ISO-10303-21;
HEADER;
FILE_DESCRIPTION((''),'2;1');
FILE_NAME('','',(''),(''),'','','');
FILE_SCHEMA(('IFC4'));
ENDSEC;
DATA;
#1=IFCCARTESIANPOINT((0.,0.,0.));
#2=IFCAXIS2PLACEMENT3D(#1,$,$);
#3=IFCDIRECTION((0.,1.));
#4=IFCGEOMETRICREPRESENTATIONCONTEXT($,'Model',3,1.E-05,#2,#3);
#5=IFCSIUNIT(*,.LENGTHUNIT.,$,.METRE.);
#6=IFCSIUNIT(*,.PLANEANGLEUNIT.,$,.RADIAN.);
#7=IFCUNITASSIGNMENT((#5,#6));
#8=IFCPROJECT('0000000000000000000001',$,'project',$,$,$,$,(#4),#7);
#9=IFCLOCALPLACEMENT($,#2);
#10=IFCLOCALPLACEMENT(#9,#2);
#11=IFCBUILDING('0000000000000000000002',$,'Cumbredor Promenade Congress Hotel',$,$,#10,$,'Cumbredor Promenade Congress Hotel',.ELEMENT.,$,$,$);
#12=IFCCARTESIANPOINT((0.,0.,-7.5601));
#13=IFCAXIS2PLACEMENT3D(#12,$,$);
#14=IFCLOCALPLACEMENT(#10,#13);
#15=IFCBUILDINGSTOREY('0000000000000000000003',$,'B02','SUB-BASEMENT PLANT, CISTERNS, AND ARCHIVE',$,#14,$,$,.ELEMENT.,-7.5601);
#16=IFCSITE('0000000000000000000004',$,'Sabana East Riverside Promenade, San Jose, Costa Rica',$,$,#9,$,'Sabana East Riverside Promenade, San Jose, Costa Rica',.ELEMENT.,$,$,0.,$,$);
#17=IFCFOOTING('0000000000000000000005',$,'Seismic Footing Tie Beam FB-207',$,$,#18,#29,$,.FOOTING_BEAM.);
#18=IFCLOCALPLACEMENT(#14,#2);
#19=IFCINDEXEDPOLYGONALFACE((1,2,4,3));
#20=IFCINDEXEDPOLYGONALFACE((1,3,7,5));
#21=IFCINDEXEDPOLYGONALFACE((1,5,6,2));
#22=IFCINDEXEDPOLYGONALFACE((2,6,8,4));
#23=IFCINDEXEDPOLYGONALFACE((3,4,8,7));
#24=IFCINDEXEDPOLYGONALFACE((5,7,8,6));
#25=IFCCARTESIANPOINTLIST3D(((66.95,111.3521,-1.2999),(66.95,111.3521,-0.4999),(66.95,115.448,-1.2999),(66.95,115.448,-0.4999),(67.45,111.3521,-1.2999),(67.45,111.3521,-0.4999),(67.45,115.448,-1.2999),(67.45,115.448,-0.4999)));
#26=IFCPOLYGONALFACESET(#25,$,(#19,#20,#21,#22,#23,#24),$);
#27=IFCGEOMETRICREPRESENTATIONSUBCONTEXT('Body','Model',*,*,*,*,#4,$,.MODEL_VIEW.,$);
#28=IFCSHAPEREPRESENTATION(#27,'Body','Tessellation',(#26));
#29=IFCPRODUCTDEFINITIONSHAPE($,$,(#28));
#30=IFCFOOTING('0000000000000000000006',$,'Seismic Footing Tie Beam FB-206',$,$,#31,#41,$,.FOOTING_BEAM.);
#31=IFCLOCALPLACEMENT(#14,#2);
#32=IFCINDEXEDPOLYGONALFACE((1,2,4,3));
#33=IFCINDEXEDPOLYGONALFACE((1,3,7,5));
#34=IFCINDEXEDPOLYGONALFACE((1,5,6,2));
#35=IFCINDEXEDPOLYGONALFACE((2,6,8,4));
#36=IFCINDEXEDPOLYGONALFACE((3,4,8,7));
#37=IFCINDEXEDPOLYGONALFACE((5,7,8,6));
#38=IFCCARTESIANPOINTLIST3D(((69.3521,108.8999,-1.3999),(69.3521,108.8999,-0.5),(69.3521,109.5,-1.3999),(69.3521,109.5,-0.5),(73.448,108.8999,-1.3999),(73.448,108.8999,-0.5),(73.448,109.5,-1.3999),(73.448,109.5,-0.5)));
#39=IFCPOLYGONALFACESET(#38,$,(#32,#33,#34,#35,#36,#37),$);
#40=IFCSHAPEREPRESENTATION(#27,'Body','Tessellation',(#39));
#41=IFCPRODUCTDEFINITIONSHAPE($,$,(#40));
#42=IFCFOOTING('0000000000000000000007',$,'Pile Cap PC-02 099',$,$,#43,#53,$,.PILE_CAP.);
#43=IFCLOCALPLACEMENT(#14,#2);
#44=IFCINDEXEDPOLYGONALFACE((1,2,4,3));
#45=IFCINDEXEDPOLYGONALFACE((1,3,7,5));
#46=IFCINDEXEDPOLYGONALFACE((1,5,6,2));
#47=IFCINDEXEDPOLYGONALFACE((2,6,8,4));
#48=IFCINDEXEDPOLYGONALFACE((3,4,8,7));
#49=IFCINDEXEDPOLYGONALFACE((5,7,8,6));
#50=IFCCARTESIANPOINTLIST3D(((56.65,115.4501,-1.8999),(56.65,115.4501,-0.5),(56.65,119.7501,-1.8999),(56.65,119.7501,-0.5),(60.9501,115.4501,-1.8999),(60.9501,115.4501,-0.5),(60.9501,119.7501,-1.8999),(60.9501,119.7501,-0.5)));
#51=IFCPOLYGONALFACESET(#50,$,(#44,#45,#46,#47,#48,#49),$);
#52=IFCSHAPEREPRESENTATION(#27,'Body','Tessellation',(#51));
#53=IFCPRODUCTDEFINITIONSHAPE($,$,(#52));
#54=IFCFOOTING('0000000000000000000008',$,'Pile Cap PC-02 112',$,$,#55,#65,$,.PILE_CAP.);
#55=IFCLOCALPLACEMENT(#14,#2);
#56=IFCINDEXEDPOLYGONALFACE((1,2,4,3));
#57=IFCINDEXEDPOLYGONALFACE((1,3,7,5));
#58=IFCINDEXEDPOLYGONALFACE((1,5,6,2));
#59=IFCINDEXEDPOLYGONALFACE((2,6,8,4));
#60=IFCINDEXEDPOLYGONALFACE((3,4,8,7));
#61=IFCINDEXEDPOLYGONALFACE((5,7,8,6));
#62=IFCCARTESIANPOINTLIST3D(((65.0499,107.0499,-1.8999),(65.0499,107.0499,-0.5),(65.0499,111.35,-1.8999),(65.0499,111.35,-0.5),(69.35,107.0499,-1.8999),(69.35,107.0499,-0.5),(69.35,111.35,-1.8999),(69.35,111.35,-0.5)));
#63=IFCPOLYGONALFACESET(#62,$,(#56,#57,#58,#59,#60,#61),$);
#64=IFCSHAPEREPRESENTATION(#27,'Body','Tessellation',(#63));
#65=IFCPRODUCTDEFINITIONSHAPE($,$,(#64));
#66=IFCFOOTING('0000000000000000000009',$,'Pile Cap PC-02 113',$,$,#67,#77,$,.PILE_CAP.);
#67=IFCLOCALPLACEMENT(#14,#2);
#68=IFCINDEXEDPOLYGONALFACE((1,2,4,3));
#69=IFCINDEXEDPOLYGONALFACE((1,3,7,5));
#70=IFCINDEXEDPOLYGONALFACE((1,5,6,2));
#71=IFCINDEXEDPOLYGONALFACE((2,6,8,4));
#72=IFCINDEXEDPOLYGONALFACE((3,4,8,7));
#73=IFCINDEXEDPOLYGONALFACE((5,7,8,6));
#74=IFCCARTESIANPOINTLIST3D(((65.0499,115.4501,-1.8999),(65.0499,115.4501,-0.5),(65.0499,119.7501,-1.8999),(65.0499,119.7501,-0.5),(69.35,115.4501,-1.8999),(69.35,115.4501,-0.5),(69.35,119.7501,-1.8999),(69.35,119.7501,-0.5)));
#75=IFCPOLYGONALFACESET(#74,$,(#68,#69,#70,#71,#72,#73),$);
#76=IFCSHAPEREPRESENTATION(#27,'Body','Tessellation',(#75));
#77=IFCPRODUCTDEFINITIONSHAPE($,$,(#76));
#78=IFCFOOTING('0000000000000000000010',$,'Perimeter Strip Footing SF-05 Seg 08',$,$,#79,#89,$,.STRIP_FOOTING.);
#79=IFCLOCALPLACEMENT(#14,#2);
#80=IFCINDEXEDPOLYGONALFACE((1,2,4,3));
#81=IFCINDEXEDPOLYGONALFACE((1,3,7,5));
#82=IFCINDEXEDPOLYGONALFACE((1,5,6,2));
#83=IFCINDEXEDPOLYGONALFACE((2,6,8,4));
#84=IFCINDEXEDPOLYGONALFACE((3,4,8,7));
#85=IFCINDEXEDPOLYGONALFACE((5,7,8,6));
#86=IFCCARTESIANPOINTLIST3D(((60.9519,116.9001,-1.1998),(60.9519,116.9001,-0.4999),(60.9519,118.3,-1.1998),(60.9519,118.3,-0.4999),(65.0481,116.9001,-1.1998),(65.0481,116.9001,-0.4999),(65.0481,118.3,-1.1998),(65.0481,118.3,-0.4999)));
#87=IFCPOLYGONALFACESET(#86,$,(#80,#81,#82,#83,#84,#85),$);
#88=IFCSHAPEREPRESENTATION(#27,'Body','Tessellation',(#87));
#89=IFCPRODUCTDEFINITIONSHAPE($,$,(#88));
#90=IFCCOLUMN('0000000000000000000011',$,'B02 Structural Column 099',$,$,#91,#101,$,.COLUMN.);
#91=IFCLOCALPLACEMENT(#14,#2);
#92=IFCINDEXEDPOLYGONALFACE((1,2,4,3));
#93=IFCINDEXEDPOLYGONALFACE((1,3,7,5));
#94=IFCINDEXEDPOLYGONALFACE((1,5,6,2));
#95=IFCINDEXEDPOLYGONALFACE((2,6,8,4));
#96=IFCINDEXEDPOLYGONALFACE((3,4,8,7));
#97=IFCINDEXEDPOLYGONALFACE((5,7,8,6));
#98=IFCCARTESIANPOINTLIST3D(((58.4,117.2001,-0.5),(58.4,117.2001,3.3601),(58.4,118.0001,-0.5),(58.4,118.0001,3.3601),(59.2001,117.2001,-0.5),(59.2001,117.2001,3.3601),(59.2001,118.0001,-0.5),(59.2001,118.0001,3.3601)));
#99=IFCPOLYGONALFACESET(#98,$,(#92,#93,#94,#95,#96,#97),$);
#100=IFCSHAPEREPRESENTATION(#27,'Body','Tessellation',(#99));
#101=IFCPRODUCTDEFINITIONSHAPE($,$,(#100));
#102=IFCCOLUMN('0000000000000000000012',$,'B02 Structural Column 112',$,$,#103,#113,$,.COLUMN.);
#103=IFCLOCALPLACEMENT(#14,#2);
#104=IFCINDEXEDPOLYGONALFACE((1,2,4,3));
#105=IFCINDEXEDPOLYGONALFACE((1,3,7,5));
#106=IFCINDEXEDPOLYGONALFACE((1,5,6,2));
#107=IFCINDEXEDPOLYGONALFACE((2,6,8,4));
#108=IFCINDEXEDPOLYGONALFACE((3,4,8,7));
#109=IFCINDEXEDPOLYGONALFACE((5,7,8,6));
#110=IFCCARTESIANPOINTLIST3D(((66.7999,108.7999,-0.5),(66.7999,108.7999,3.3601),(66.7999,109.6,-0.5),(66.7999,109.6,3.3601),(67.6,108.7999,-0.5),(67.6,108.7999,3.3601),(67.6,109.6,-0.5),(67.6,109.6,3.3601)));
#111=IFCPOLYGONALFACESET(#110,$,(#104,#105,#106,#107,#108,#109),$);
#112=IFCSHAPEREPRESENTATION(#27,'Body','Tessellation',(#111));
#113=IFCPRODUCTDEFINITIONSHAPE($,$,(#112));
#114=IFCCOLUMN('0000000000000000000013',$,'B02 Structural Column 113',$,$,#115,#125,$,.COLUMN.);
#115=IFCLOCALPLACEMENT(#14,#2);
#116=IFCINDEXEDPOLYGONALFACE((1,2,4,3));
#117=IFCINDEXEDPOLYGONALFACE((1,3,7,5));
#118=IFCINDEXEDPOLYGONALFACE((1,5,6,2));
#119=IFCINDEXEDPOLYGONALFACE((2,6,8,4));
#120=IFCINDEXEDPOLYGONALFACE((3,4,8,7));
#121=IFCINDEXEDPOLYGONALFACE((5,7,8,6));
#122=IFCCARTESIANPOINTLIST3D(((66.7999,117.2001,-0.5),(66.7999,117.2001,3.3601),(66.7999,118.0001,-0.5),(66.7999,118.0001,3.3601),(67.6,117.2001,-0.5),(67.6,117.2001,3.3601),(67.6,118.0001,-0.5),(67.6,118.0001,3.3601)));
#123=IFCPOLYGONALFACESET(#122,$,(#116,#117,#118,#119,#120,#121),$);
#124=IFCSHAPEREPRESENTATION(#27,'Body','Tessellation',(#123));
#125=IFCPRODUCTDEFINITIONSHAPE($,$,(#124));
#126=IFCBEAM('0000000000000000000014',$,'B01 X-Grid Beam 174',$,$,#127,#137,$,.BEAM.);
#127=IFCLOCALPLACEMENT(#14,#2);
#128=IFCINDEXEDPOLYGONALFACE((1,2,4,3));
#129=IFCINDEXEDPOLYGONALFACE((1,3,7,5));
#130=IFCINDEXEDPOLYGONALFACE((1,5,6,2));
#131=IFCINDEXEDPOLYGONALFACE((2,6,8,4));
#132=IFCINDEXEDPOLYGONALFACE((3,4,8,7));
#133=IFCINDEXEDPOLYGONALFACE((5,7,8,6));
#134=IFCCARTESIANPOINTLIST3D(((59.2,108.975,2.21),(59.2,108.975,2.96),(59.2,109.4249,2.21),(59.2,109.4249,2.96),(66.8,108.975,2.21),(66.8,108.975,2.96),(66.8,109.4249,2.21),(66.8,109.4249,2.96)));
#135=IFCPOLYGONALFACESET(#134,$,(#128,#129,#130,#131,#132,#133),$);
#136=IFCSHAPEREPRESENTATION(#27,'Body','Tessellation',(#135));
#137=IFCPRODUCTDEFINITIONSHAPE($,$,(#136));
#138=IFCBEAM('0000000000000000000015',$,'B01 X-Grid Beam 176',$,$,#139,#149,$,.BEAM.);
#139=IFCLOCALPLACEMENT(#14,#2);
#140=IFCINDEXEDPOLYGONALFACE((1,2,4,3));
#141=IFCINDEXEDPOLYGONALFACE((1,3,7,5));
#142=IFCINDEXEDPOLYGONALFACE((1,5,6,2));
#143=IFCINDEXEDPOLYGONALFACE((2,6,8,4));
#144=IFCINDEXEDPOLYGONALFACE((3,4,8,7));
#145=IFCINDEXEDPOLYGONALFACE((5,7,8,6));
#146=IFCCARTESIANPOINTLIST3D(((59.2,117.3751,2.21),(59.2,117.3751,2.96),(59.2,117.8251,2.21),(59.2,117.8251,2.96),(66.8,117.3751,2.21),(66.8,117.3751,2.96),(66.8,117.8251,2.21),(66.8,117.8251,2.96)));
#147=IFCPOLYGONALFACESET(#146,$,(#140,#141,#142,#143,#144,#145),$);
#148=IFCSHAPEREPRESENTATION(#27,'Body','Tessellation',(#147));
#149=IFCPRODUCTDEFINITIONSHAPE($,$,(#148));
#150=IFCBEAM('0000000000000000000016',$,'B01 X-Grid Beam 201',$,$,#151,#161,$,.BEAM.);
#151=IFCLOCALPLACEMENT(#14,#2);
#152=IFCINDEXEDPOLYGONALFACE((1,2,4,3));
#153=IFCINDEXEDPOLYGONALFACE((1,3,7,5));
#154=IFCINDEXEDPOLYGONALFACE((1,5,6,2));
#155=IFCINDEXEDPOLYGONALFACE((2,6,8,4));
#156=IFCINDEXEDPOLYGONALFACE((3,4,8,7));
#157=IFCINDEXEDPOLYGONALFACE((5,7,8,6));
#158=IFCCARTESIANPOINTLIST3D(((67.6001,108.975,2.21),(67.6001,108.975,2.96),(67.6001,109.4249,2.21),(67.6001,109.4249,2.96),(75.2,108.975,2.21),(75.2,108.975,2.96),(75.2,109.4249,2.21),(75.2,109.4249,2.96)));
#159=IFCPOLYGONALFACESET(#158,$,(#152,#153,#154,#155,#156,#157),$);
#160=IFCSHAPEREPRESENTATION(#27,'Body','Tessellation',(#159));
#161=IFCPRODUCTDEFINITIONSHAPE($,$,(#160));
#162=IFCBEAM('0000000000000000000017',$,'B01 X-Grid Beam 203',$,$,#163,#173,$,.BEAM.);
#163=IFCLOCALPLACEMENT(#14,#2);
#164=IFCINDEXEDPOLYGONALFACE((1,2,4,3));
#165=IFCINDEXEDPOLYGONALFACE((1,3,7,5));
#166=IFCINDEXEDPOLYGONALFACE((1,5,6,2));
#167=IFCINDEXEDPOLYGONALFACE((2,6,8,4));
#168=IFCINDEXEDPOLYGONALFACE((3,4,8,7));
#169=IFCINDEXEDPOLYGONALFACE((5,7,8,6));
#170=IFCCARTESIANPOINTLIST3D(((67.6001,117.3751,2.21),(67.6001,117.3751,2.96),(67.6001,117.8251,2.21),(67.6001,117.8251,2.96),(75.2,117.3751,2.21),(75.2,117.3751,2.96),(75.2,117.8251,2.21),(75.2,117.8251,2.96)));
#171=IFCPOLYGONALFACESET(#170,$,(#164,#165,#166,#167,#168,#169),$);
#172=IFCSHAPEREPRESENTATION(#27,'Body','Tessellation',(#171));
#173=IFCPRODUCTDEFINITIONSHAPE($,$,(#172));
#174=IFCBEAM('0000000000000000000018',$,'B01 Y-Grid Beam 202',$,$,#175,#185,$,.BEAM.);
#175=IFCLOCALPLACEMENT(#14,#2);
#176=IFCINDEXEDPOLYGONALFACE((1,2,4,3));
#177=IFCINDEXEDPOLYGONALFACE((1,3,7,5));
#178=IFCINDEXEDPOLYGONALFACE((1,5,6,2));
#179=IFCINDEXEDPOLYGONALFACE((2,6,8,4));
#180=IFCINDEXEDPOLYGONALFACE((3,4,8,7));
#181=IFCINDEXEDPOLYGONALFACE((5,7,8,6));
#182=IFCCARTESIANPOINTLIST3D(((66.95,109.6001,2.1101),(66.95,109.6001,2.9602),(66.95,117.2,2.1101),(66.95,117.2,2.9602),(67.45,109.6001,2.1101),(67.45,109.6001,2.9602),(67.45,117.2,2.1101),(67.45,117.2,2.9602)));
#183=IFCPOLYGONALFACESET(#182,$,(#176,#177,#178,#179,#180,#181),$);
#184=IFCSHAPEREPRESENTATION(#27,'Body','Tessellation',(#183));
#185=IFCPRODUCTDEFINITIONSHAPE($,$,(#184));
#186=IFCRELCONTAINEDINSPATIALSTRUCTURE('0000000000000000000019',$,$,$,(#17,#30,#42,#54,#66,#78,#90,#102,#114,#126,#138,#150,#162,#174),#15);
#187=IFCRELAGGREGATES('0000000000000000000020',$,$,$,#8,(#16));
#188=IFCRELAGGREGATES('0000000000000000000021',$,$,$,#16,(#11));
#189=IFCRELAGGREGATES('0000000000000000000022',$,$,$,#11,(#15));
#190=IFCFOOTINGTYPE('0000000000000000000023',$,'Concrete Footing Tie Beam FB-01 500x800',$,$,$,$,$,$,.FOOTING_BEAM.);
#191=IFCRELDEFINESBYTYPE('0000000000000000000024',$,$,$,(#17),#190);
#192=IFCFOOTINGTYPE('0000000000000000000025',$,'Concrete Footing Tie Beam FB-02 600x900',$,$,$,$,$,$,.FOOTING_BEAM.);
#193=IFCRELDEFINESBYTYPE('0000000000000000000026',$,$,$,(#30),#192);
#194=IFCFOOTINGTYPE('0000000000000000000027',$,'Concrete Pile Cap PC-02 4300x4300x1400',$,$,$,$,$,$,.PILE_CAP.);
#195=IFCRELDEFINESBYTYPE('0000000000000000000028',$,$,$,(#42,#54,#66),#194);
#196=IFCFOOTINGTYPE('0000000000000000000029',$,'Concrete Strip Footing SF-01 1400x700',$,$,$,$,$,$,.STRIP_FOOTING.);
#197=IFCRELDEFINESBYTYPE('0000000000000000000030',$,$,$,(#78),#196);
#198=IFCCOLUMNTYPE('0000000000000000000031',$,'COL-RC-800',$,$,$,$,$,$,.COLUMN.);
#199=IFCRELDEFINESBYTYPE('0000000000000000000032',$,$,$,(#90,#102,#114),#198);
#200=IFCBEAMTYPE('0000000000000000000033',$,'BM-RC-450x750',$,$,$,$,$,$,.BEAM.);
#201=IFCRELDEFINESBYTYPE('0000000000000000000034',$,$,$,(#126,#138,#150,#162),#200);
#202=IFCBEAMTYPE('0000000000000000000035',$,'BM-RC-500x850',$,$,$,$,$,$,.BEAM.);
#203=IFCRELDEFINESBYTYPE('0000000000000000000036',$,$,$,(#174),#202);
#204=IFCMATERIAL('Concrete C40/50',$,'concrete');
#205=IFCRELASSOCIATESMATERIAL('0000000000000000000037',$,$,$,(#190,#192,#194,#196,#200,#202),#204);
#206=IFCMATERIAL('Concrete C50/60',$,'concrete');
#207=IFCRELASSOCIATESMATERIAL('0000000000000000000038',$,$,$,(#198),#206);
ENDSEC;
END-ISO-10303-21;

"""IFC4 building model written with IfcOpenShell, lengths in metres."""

from ifc_helpers import new_model, si_unit, direction, frame, origin, origin_2d, place, context, subcontext, project, spatial, rectangle, extrude, material, material_profile, profile_set, type_object, element, save


model = new_model("IFC4")

# Units and contexts
model_context = context("Model", 3, precision=1e-05, world=origin(), true_north=direction((0.0, 1.0)))
body_context = subcontext(model_context, "Body", "Model", "MODEL_VIEW")
ifc_project = project(units=[si_unit("LENGTHUNIT", "METRE"), si_unit("PLANEANGLEUNIT", "RADIAN")], contexts=[model_context])

# Site, building, storey
site_placement = place(None, origin())
site = spatial("IfcSite", under=ifc_project, at=site_placement, Name="Sabana East Riverside Promenade, San Jose, Costa Rica", LongName="Sabana East Riverside Promenade, San Jose, Costa Rica", CompositionType="ELEMENT", RefElevation=0.0)
building_placement = place(site_placement, origin())
building = spatial("IfcBuilding", under=site, at=building_placement, Name="Cumbredor Promenade Congress Hotel", LongName="Cumbredor Promenade Congress Hotel", CompositionType="ELEMENT")
storey_placement = place(building_placement, frame((0.0, 0.0, -7.5601)))
storey = spatial("IfcBuildingStorey", under=building, at=storey_placement, Name="B02", Description="SUB-BASEMENT PLANT, CISTERNS, AND ARCHIVE", CompositionType="ELEMENT", Elevation=-7.5601)

# Shared definitions
ifc_material_1 = material(Name="Concrete C40/50", Category="concrete")

# Footings
ifc_material_profile_1 = material_profile(ifc_material_1, rectangle(XDim=0.5, YDim=0.8, at=origin_2d()), Name="FB 500x800")
ifc_profile_set_1 = profile_set([ifc_material_profile_1], Name="Concrete C40/50")
footing_type_1 = type_object("IfcFootingType", Name="Concrete Footing Tie Beam FB-01 500x800", PredefinedType="FOOTING_BEAM", material=ifc_profile_set_1)
for number, where, z_axis, x_axis, name in (
    (1, (67.2, 111.3521, -0.8999), (0.0, 1.0, 0.0), (-1.0, 0.0, 0.0), "Seismic Footing Tie Beam FB-207"),
):
    element("IfcFooting", number, at=place(storey_placement, frame(where, z_axis=z_axis, x_axis=x_axis)), inside=storey, type_object=footing_type_1, Name=name, PredefinedType="FOOTING_BEAM", context=body_context, shape_type="SweptSolid", body=[
        extrude(rectangle(XDim=0.5, YDim=0.8, at=origin_2d()), origin(), (0.0, 0.0, 1.0), 4.0959),
    ])
ifc_material_profile_2 = material_profile(ifc_material_1, rectangle(XDim=0.6001, YDim=0.8999, at=origin_2d()), Name="FB 600x900")
ifc_profile_set_2 = profile_set([ifc_material_profile_2], Name="Concrete C40/50")
footing_type_2 = type_object("IfcFootingType", Name="Concrete Footing Tie Beam FB-02 600x900", PredefinedType="FOOTING_BEAM", material=ifc_profile_set_2)
footing_1_placement = place(storey_placement, frame((69.3521, 109.2, -0.95), z_axis=(1.0, 0.0, 0.0), x_axis=(0.0, 1.0, 0.0)))
element("IfcFooting", 2, at=footing_1_placement, inside=storey, type_object=footing_type_2, Name="Seismic Footing Tie Beam FB-206", PredefinedType="FOOTING_BEAM", context=body_context, shape_type="SweptSolid", body=[
    extrude(rectangle(XDim=0.6001, YDim=0.8999, at=origin_2d()), origin(), (0.0, 0.0, 1.0), 4.0959),
])
footing_type_3 = type_object("IfcFootingType", Name="Concrete Pile Cap PC-02 4300x4300x1400", PredefinedType="PILE_CAP", material=ifc_material_1)
for number, where, z_axis, x_axis, name in (
    (3, (58.8, 117.6001, -1.8999), (0.0, 0.0, 1.0), (1.0, 0.0, 0.0), "Pile Cap PC-02 099"),
    (4, (67.2, 109.2, -1.8999), (0.0, 0.0, 1.0), (1.0, 0.0, 0.0), "Pile Cap PC-02 112"),
    (5, (67.2, 117.6001, -1.8999), (0.0, 0.0, 1.0), (1.0, 0.0, 0.0), "Pile Cap PC-02 113"),
):
    element("IfcFooting", number, at=place(storey_placement, frame(where, z_axis=z_axis, x_axis=x_axis)), inside=storey, type_object=footing_type_3, Name=name, PredefinedType="PILE_CAP", context=body_context, shape_type="SweptSolid", body=[
        extrude(rectangle(XDim=4.3, YDim=4.3, at=origin_2d()), origin(), (0.0, 0.0, 1.0), 1.3999),
    ])
ifc_material_profile_3 = material_profile(ifc_material_1, rectangle(XDim=1.3999, YDim=0.7, at=origin_2d()), Name="SF 1400x700")
ifc_profile_set_3 = profile_set([ifc_material_profile_3], Name="Concrete C40/50")
footing_type_4 = type_object("IfcFootingType", Name="Concrete Strip Footing SF-01 1400x700", PredefinedType="STRIP_FOOTING", material=ifc_profile_set_3)
footing_2_placement = place(storey_placement, frame((60.9519, 117.6001, -0.8499), z_axis=(1.0, 0.0, 0.0), x_axis=(0.0, 1.0, 0.0)))
element("IfcFooting", 6, at=footing_2_placement, inside=storey, type_object=footing_type_4, Name="Perimeter Strip Footing SF-05 Seg 08", PredefinedType="STRIP_FOOTING", context=body_context, shape_type="SweptSolid", body=[
    extrude(rectangle(XDim=1.3999, YDim=0.7, at=origin_2d()), origin(), (0.0, 0.0, 1.0), 4.0962),
])

# Columns
ifc_material_2 = material(Name="Concrete C50/60", Category="concrete")
ifc_material_profile_4 = material_profile(ifc_material_2, rectangle(XDim=0.8, YDim=0.8, at=origin_2d()), Name="RC 800x800")
ifc_profile_set_4 = profile_set([ifc_material_profile_4], Name="Concrete C50/60")
column_type = type_object("IfcColumnType", Name="COL-RC-800", PredefinedType="COLUMN", material=ifc_profile_set_4)
for number, where, z_axis, x_axis, name in (
    (7, (58.8, 117.6001, -0.5), (0.0, 0.0, 1.0), (1.0, 0.0, 0.0), "B02 Structural Column 099"),
    (8, (67.2, 109.2, -0.5), (0.0, 0.0, 1.0), (1.0, 0.0, 0.0), "B02 Structural Column 112"),
    (9, (67.2, 117.6001, -0.5), (0.0, 0.0, 1.0), (1.0, 0.0, 0.0), "B02 Structural Column 113"),
):
    element("IfcColumn", number, at=place(storey_placement, frame(where, z_axis=z_axis, x_axis=x_axis)), inside=storey, type_object=column_type, Name=name, PredefinedType="COLUMN", context=body_context, shape_type="SweptSolid", body=[
        extrude(rectangle(XDim=0.8, YDim=0.8, at=origin_2d()), origin(), (0.0, 0.0, 1.0), 3.8601),
    ])

# Beams
ifc_material_profile_5 = material_profile(ifc_material_1, rectangle(XDim=0.45, YDim=0.75, at=origin_2d()), Name="RC BEAM 450x750")
ifc_profile_set_5 = profile_set([ifc_material_profile_5], Name="Concrete C40/50")
beam_type_1 = type_object("IfcBeamType", Name="BM-RC-450x750", PredefinedType="BEAM", material=ifc_profile_set_5)
for number, where, z_axis, x_axis, name in (
    (10, (59.2, 109.2, 2.585), (1.0, 0.0, 0.0), (0.0, 1.0, 0.0), "B01 X-Grid Beam 174"),
    (11, (59.2, 117.6001, 2.585), (1.0, 0.0, 0.0), (0.0, 1.0, 0.0), "B01 X-Grid Beam 176"),
):
    element("IfcBeam", number, at=place(storey_placement, frame(where, z_axis=z_axis, x_axis=x_axis)), inside=storey, type_object=beam_type_1, Name=name, PredefinedType="BEAM", context=body_context, shape_type="SweptSolid", body=[
        extrude(rectangle(XDim=0.45, YDim=0.75, at=origin_2d()), origin(), (0.0, 0.0, 1.0), 7.6001),
    ])
for number, where, z_axis, x_axis, name in (
    (12, (67.6001, 109.2, 2.585), (1.0, 0.0, 0.0), (0.0, 1.0, 0.0), "B01 X-Grid Beam 201"),
    (13, (67.6001, 117.6001, 2.585), (1.0, 0.0, 0.0), (0.0, 1.0, 0.0), "B01 X-Grid Beam 203"),
):
    element("IfcBeam", number, at=place(storey_placement, frame(where, z_axis=z_axis, x_axis=x_axis)), inside=storey, type_object=beam_type_1, Name=name, PredefinedType="BEAM", context=body_context, shape_type="SweptSolid", body=[
        extrude(rectangle(XDim=0.45, YDim=0.75, at=origin_2d()), origin(), (0.0, 0.0, 1.0), 7.5999),
    ])
ifc_material_profile_6 = material_profile(ifc_material_1, rectangle(XDim=0.5, YDim=0.8501, at=origin_2d()), Name="RC BEAM 500x850")
ifc_profile_set_6 = profile_set([ifc_material_profile_6], Name="Concrete C40/50")
beam_type_2 = type_object("IfcBeamType", Name="BM-RC-500x850", PredefinedType="BEAM", material=ifc_profile_set_6)
beam_placement = place(storey_placement, frame((67.2, 109.6001, 2.5352), z_axis=(0.0, 1.0, 0.0), x_axis=(-1.0, 0.0, 0.0)))
element("IfcBeam", 14, at=beam_placement, inside=storey, type_object=beam_type_2, Name="B01 Y-Grid Beam 202", PredefinedType="BEAM", context=body_context, shape_type="SweptSolid", body=[
    extrude(rectangle(XDim=0.5, YDim=0.8501, at=origin_2d()), origin(), (0.0, 0.0, 1.0), 7.5999),
])

save(model, "model.ifc")
